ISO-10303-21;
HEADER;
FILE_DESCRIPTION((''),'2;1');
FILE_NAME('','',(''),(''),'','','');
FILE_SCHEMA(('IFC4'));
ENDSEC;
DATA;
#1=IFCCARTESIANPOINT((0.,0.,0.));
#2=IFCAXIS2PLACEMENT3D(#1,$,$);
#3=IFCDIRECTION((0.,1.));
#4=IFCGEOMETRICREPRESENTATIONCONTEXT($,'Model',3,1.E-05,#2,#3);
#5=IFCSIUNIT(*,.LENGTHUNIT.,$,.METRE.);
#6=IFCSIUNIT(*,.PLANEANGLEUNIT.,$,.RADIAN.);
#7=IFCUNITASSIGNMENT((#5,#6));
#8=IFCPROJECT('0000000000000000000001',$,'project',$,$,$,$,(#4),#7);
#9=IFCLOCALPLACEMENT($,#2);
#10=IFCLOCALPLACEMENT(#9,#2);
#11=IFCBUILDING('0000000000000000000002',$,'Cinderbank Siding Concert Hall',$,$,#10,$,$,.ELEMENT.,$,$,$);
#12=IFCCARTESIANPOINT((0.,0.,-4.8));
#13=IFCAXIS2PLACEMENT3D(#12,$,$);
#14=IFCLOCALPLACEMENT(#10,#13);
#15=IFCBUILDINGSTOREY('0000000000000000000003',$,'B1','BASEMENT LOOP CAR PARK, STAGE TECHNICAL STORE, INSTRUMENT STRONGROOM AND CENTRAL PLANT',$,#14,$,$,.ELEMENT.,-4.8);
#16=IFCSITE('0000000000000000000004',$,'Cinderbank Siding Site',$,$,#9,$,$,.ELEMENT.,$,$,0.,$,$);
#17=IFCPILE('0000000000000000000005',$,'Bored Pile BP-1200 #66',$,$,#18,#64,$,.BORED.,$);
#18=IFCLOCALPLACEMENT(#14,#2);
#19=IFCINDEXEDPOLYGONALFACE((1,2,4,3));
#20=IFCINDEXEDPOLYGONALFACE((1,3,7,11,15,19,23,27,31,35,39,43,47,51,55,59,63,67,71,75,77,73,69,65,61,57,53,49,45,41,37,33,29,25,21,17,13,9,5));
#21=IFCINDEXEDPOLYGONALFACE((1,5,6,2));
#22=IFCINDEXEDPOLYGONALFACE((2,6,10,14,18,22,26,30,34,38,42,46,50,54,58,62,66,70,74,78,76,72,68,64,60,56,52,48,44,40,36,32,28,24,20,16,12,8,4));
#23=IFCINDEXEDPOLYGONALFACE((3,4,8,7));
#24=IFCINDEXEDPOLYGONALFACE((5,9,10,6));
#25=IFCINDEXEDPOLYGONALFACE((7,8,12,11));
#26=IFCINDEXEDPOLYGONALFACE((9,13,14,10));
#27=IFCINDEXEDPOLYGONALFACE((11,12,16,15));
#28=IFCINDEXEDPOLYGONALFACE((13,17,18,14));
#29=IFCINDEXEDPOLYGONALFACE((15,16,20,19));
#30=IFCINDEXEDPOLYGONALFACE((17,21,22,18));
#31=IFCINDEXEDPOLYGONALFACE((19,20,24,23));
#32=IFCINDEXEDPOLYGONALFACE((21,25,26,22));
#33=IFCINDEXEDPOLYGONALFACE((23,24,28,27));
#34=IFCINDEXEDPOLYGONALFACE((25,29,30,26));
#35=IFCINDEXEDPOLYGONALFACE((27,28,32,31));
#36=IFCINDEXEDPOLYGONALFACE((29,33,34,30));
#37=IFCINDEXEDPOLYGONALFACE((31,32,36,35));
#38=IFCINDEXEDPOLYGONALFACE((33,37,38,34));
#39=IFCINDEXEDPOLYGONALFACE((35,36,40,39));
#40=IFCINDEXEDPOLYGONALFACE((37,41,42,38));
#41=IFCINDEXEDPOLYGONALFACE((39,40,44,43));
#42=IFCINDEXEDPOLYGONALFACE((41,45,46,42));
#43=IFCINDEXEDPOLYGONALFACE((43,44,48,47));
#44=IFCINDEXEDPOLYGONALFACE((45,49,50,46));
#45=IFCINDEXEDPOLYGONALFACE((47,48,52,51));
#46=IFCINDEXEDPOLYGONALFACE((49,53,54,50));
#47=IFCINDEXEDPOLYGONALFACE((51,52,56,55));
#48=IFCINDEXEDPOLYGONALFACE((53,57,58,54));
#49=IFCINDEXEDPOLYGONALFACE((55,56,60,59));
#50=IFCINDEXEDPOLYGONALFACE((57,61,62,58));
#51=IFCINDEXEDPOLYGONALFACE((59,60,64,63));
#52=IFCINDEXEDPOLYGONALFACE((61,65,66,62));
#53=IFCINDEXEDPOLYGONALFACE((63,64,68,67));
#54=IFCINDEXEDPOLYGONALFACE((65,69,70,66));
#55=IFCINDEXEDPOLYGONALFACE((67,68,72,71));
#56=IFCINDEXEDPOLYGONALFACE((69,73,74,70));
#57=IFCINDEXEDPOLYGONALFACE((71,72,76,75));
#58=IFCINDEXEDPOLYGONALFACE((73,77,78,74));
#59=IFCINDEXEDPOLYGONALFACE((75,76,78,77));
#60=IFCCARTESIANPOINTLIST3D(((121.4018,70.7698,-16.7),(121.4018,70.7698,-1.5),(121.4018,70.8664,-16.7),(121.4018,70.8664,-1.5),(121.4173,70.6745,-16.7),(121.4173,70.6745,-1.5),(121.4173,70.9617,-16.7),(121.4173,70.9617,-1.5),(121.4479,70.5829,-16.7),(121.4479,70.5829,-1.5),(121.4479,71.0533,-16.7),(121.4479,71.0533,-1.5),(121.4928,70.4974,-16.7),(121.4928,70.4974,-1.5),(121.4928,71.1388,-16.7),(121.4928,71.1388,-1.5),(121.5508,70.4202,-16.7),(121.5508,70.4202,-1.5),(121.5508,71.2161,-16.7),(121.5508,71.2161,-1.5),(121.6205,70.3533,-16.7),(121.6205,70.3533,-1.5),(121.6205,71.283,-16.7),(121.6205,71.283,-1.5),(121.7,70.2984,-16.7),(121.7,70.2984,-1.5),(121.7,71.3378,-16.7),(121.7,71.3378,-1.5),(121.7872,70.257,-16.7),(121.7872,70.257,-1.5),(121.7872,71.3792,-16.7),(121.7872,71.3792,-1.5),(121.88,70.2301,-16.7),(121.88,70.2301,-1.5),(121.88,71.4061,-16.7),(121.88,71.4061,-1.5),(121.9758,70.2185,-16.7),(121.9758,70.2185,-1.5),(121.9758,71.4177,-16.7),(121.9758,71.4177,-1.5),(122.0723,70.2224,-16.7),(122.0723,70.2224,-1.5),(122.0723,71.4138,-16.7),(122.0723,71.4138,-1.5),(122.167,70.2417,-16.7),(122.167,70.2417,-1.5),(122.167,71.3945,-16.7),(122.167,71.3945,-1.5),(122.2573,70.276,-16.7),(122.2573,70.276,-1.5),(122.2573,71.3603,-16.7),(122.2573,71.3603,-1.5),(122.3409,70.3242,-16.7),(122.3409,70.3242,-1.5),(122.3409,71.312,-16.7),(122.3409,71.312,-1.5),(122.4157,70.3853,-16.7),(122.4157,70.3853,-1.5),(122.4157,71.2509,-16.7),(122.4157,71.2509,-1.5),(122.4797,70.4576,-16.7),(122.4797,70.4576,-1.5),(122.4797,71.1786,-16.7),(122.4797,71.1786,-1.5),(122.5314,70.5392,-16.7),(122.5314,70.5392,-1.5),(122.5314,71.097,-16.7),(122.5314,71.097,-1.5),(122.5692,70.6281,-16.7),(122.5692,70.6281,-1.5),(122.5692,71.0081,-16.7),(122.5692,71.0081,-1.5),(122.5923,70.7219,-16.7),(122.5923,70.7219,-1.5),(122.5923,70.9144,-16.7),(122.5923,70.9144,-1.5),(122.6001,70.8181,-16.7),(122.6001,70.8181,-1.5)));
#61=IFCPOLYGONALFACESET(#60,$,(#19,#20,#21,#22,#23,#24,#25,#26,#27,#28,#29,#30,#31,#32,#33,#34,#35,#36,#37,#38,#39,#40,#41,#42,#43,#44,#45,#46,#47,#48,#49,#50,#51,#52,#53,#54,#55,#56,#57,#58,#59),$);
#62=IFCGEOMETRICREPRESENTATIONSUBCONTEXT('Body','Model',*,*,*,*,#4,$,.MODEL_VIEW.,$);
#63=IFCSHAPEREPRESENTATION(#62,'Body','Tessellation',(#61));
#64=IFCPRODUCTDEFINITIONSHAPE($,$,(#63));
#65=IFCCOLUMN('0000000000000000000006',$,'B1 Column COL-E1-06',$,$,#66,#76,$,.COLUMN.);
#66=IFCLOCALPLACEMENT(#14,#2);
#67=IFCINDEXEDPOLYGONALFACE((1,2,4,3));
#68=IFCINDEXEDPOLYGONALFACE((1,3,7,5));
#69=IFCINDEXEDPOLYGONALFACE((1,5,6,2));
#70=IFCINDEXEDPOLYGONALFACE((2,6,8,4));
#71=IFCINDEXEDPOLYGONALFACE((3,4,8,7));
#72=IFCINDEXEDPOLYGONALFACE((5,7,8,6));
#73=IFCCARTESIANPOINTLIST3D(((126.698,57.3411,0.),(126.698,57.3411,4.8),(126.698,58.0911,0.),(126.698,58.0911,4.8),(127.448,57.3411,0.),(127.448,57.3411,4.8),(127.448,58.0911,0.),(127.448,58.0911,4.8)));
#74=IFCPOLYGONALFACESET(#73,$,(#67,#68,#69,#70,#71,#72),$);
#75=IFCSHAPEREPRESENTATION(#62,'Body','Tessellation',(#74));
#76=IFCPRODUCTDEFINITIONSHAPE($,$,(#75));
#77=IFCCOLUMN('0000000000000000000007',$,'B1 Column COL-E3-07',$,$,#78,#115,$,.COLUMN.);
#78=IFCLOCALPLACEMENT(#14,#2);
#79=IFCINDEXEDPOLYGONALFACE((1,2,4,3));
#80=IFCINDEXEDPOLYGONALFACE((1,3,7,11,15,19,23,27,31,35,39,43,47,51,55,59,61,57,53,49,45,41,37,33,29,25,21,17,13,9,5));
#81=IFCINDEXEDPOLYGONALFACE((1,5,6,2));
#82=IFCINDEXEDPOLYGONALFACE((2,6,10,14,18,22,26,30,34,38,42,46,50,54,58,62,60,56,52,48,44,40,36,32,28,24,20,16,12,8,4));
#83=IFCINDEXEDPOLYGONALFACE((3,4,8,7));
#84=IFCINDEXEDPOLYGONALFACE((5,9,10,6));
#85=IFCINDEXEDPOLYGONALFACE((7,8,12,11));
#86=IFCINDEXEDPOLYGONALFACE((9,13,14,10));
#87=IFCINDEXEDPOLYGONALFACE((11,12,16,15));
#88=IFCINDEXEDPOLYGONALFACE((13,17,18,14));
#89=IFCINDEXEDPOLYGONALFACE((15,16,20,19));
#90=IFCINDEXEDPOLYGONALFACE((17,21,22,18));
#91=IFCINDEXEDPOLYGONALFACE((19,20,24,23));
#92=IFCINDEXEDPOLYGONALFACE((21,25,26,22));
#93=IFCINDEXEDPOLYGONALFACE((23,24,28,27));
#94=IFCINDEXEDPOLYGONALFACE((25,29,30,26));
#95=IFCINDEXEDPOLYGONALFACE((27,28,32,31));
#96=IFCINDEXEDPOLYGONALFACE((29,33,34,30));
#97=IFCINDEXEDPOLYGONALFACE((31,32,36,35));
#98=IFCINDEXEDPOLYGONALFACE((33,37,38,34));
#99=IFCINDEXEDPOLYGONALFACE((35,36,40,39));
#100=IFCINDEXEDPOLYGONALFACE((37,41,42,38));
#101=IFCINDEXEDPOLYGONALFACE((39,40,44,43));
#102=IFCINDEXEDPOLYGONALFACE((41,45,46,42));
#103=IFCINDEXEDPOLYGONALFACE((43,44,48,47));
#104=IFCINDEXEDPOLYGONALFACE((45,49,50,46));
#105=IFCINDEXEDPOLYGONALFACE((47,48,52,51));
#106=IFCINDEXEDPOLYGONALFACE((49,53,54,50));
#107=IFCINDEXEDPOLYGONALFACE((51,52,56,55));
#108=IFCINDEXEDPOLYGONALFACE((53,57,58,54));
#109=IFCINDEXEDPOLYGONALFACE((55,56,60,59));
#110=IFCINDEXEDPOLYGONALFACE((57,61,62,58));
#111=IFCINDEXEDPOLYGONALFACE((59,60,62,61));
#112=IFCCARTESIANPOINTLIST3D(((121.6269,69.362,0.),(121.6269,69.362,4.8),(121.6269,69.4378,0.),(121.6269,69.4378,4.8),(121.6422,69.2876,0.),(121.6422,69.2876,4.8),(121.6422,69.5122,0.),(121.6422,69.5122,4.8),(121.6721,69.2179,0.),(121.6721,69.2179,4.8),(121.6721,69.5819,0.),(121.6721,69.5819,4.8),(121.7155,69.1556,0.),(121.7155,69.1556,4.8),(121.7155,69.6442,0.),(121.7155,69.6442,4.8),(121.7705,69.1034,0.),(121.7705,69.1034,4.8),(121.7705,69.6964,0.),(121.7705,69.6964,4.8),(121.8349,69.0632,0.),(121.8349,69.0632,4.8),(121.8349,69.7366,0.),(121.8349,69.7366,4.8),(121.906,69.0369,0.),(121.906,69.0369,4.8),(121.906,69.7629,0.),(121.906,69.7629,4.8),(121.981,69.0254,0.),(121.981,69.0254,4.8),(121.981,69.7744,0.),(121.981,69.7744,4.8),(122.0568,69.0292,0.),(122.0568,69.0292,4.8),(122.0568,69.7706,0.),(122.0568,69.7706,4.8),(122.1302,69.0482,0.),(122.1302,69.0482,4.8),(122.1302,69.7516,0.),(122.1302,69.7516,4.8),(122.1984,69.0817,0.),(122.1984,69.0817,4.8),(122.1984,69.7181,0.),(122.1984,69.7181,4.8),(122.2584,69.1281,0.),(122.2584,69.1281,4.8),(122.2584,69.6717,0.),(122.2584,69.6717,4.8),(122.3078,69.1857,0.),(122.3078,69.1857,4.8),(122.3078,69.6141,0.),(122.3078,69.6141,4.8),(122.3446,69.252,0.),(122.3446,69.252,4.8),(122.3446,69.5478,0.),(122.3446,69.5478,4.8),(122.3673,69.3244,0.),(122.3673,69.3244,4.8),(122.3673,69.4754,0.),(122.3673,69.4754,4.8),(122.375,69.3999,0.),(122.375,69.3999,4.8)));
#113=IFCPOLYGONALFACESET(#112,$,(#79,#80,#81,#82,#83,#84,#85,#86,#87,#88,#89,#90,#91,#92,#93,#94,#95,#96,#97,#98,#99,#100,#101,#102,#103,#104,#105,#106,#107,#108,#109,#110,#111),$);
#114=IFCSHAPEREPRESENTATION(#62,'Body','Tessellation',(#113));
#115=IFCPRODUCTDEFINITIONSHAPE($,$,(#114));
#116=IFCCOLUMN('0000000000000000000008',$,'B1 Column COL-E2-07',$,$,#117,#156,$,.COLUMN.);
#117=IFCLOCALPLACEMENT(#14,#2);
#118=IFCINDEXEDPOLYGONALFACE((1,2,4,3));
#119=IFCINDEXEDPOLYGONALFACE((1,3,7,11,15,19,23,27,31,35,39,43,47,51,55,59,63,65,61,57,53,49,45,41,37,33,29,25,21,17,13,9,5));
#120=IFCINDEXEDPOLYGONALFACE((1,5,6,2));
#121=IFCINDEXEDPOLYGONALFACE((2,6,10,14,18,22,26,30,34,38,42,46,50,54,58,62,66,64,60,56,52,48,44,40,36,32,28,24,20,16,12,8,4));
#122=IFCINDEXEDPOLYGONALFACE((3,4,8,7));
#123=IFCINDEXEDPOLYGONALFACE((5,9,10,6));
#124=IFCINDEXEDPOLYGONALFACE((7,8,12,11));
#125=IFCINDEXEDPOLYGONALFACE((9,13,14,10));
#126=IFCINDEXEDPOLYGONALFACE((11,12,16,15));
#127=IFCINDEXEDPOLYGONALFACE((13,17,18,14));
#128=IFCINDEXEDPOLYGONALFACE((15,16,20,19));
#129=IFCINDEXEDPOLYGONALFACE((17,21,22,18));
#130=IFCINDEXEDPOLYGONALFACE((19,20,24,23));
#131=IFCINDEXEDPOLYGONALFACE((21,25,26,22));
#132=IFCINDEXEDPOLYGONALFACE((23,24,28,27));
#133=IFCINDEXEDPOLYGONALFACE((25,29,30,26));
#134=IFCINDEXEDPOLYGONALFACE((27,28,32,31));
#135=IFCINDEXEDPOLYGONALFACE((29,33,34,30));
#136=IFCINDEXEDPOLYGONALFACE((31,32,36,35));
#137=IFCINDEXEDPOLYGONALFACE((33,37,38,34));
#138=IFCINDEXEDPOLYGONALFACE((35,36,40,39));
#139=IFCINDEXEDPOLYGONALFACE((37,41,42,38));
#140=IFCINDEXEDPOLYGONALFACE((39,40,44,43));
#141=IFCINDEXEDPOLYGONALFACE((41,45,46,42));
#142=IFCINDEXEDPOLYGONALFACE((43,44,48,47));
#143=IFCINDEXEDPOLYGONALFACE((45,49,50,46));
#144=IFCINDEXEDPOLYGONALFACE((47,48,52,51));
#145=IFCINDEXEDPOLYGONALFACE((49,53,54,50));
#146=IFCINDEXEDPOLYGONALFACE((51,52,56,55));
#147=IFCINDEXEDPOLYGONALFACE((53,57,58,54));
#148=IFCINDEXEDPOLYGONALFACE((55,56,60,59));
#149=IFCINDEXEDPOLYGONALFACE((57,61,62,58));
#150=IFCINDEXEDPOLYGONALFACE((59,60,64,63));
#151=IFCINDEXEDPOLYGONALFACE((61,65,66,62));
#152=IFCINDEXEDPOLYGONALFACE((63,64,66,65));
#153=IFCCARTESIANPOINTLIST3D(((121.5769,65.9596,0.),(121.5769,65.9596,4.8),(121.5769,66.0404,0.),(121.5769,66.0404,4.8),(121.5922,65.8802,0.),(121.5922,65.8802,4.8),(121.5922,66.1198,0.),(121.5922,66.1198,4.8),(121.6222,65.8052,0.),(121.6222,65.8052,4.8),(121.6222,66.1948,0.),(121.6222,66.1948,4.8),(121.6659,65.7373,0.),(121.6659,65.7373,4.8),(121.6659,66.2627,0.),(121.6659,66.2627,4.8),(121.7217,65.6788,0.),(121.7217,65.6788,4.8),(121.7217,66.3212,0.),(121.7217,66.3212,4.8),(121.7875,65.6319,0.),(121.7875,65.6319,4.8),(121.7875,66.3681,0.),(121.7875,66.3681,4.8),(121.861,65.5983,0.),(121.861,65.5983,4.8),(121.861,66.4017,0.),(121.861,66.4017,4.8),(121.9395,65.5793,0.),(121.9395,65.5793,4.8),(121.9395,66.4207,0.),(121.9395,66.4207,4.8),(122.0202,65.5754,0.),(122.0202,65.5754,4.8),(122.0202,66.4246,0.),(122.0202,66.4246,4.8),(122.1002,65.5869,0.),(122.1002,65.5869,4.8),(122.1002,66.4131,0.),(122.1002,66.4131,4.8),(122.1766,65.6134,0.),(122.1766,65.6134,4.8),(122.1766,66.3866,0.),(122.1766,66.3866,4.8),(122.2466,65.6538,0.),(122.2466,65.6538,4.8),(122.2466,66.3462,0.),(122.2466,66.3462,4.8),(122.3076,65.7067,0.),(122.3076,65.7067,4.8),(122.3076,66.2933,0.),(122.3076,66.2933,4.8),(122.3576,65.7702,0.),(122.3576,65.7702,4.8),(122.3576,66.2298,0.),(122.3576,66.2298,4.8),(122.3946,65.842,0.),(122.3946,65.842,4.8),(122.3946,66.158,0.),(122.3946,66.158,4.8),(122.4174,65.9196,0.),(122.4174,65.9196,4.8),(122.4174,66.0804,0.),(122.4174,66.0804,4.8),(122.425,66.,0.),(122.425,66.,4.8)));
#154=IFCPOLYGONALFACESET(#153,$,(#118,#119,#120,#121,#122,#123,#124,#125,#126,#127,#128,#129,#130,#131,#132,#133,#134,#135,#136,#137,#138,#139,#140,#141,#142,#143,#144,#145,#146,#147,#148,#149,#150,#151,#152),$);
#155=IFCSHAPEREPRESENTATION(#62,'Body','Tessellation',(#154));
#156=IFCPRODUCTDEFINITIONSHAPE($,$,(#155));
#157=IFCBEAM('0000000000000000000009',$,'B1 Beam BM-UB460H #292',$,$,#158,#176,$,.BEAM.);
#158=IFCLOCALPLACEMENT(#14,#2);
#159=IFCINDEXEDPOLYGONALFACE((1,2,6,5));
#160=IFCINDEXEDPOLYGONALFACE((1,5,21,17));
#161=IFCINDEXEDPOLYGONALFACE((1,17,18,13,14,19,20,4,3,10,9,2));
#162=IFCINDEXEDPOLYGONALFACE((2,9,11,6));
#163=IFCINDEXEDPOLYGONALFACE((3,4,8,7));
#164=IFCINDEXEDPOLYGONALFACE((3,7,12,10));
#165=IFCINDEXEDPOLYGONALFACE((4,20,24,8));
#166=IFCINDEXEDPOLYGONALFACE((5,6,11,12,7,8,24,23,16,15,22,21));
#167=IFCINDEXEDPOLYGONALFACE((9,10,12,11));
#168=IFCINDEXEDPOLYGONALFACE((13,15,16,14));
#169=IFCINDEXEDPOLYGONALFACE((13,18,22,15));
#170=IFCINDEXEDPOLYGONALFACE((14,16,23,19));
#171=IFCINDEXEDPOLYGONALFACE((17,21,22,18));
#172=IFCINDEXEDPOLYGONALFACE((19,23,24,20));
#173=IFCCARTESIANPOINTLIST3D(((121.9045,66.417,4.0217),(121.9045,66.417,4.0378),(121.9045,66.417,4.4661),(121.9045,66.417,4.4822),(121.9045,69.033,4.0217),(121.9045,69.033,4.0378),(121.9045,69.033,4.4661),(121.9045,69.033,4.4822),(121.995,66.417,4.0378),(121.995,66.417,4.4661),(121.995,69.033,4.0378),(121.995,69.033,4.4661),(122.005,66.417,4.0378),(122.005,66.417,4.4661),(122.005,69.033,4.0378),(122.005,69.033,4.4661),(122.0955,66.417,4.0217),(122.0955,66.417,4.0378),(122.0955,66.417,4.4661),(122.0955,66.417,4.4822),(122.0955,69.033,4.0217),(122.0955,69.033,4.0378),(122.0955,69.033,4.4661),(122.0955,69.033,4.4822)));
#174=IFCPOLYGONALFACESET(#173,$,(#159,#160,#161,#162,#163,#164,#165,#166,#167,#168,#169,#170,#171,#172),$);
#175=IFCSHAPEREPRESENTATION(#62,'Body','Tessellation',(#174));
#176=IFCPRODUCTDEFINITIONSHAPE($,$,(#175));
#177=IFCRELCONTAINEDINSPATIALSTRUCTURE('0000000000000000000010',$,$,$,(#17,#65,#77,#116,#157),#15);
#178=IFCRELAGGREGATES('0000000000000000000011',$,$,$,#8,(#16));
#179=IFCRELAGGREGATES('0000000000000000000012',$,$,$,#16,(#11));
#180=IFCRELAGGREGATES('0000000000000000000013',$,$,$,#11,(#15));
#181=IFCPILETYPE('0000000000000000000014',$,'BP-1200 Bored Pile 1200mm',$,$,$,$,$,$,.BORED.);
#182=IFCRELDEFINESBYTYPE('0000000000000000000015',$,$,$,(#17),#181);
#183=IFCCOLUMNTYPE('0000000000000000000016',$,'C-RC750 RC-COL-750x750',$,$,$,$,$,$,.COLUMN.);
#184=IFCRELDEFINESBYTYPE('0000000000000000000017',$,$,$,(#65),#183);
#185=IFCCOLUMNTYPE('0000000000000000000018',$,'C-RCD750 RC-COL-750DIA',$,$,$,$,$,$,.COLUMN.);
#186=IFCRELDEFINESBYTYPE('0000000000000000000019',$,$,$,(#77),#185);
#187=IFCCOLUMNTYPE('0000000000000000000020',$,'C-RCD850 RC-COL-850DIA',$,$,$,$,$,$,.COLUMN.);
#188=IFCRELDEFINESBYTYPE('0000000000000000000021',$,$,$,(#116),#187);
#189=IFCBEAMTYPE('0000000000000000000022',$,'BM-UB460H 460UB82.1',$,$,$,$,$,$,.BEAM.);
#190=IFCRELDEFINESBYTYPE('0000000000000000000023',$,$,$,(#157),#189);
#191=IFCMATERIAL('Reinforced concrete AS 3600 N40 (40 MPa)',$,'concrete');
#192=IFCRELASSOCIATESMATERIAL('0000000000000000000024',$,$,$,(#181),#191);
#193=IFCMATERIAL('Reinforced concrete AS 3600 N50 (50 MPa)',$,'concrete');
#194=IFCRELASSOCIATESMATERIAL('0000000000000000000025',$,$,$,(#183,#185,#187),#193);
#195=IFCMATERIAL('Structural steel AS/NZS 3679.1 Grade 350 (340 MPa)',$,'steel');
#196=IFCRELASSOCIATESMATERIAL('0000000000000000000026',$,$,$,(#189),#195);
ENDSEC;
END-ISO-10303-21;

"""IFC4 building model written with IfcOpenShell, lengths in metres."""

from ifc_helpers import new_model, si_unit, direction, frame, origin, origin_2d, place, context, subcontext, project, spatial, rectangle, circle, i_section, extrude, material, material_profile, profile_set, type_object, element, save


model = new_model("IFC4")

# Units and contexts
model_context = context("Model", 3, precision=1e-05, world=origin(), true_north=direction((0.0, 1.0)))
body_context = subcontext(model_context, "Body", "Model", "MODEL_VIEW")
ifc_project = project(units=[si_unit("LENGTHUNIT", "METRE"), si_unit("PLANEANGLEUNIT", "RADIAN")], contexts=[model_context])

# Site, building, storey
site_placement = place(None, origin())
site = spatial("IfcSite", under=ifc_project, at=site_placement, Name="Cinderbank Siding Site", CompositionType="ELEMENT", RefElevation=0.0)
building_placement = place(site_placement, origin())
building = spatial("IfcBuilding", under=site, at=building_placement, Name="Cinderbank Siding Concert Hall", CompositionType="ELEMENT")
storey_placement = place(building_placement, frame((0.0, 0.0, -4.8)))
storey = spatial("IfcBuildingStorey", under=building, at=storey_placement, Name="B1", Description="BASEMENT LOOP CAR PARK, STAGE TECHNICAL STORE, INSTRUMENT STRONGROOM AND CENTRAL PLANT", CompositionType="ELEMENT", Elevation=-4.8)

# Pile
ifc_material_1 = material(Name="Reinforced concrete AS 3600 N40 (40 MPa)", Category="concrete")
ifc_material_profile_1 = material_profile(ifc_material_1, circle(Radius=0.6001, at=origin_2d()), Name="PILE-1200DIA", Category="LoadBearing")
ifc_profile_set_1 = profile_set([ifc_material_profile_1], Name="Reinforced concrete AS 3600 N40 (40 MPa)")
pile_type = type_object("IfcPileType", Name="BP-1200 Bored Pile 1200mm", PredefinedType="BORED", material=ifc_profile_set_1)
for number, where, z_axis, x_axis, name in (
    (1, (122.0, 70.8181, -1.5), (0.0, 0.0, -1.0), (1.0, 0.0, 0.0), "Bored Pile BP-1200 #66"),
):
    element("IfcPile", number, at=place(storey_placement, frame(where, z_axis=z_axis, x_axis=x_axis)), inside=storey, type_object=pile_type, Name=name, PredefinedType="BORED", context=body_context, shape_type="SweptSolid", body=[
        extrude(circle(Radius=0.6001, at=origin_2d()), origin(), (0.0, 0.0, 1.0), 15.2),
    ])

# Columns
ifc_material_2 = material(Name="Reinforced concrete AS 3600 N50 (50 MPa)", Category="concrete")
ifc_material_profile_2 = material_profile(ifc_material_2, rectangle(XDim=0.75, YDim=0.75, at=origin_2d()), Name="RC-COL-750x750", Category="LoadBearing")
ifc_profile_set_2 = profile_set([ifc_material_profile_2], Name="Reinforced concrete AS 3600 N50 (50 MPa)")
column_type_1 = type_object("IfcColumnType", Name="C-RC750 RC-COL-750x750", PredefinedType="COLUMN", material=ifc_profile_set_2)
column_1_placement = place(storey_placement, frame((127.073, 57.7161, 0.0), z_axis=(0.0, 0.0, 1.0), x_axis=(1.0, 0.0, 0.0)))
element("IfcColumn", 2, at=column_1_placement, inside=storey, type_object=column_type_1, Name="B1 Column COL-E1-06", PredefinedType="COLUMN", context=body_context, shape_type="SweptSolid", body=[
    extrude(rectangle(XDim=0.75, YDim=0.75, at=origin_2d()), origin(), (0.0, 0.0, 1.0), 4.8),
])
ifc_material_profile_3 = material_profile(ifc_material_2, circle(Radius=0.375, at=origin_2d()), Name="RC-COL-750DIA", Category="LoadBearing")
ifc_profile_set_3 = profile_set([ifc_material_profile_3], Name="Reinforced concrete AS 3600 N50 (50 MPa)")
column_type_2 = type_object("IfcColumnType", Name="C-RCD750 RC-COL-750DIA", PredefinedType="COLUMN", material=ifc_profile_set_3)
column_2_placement = place(storey_placement, frame((122.0, 69.3999, 0.0), z_axis=(0.0, 0.0, 1.0), x_axis=(1.0, 0.0, 0.0)))
element("IfcColumn", 3, at=column_2_placement, inside=storey, type_object=column_type_2, Name="B1 Column COL-E3-07", PredefinedType="COLUMN", context=body_context, shape_type="SweptSolid", body=[
    extrude(circle(Radius=0.375, at=origin_2d()), origin(), (0.0, 0.0, 1.0), 4.8),
])
ifc_material_profile_4 = material_profile(ifc_material_2, circle(Radius=0.425, at=origin_2d()), Name="RC-COL-850DIA", Category="LoadBearing")
ifc_profile_set_4 = profile_set([ifc_material_profile_4], Name="Reinforced concrete AS 3600 N50 (50 MPa)")
column_type_3 = type_object("IfcColumnType", Name="C-RCD850 RC-COL-850DIA", PredefinedType="COLUMN", material=ifc_profile_set_4)
column_3_placement = place(storey_placement, frame((122.0, 66.0, 0.0), z_axis=(0.0, 0.0, 1.0), x_axis=(1.0, 0.0, 0.0)))
element("IfcColumn", 4, at=column_3_placement, inside=storey, type_object=column_type_3, Name="B1 Column COL-E2-07", PredefinedType="COLUMN", context=body_context, shape_type="SweptSolid", body=[
    extrude(circle(Radius=0.425, at=origin_2d()), origin(), (0.0, 0.0, 1.0), 4.8),
])

# Beam
ifc_material_3 = material(Name="Structural steel AS/NZS 3679.1 Grade 350 (340 MPa)", Category="steel")
ifc_material_profile_5 = material_profile(ifc_material_3, i_section(OverallWidth=0.1909, OverallDepth=0.4604, WebThickness=0.01, FlangeThickness=0.0161, at=origin_2d()), Name="460UB82.1", Category="LoadBearing")
ifc_profile_set_5 = profile_set([ifc_material_profile_5], Name="Structural steel AS/NZS 3679.1 Grade 350 (340 MPa)")
beam_type_1 = type_object("IfcBeamType", Name="BM-UB460H 460UB82.1", PredefinedType="BEAM", material=ifc_profile_set_5)
beam_1_placement = place(storey_placement, frame((122.0, 66.417, 4.252), z_axis=(0.0, 1.0, 0.0), x_axis=(-1.0, 0.0, 0.0)))
element("IfcBeam", 5, at=beam_1_placement, inside=storey, type_object=beam_type_1, Name="B1 Beam BM-UB460H #292", PredefinedType="BEAM", context=body_context, shape_type="SweptSolid", body=[
    extrude(i_section(OverallWidth=0.1909, OverallDepth=0.4604, WebThickness=0.01, FlangeThickness=0.0161, at=origin_2d()), origin(), (0.0, 0.0, 1.0), 2.616),
])

save(model, "model.ifc")
